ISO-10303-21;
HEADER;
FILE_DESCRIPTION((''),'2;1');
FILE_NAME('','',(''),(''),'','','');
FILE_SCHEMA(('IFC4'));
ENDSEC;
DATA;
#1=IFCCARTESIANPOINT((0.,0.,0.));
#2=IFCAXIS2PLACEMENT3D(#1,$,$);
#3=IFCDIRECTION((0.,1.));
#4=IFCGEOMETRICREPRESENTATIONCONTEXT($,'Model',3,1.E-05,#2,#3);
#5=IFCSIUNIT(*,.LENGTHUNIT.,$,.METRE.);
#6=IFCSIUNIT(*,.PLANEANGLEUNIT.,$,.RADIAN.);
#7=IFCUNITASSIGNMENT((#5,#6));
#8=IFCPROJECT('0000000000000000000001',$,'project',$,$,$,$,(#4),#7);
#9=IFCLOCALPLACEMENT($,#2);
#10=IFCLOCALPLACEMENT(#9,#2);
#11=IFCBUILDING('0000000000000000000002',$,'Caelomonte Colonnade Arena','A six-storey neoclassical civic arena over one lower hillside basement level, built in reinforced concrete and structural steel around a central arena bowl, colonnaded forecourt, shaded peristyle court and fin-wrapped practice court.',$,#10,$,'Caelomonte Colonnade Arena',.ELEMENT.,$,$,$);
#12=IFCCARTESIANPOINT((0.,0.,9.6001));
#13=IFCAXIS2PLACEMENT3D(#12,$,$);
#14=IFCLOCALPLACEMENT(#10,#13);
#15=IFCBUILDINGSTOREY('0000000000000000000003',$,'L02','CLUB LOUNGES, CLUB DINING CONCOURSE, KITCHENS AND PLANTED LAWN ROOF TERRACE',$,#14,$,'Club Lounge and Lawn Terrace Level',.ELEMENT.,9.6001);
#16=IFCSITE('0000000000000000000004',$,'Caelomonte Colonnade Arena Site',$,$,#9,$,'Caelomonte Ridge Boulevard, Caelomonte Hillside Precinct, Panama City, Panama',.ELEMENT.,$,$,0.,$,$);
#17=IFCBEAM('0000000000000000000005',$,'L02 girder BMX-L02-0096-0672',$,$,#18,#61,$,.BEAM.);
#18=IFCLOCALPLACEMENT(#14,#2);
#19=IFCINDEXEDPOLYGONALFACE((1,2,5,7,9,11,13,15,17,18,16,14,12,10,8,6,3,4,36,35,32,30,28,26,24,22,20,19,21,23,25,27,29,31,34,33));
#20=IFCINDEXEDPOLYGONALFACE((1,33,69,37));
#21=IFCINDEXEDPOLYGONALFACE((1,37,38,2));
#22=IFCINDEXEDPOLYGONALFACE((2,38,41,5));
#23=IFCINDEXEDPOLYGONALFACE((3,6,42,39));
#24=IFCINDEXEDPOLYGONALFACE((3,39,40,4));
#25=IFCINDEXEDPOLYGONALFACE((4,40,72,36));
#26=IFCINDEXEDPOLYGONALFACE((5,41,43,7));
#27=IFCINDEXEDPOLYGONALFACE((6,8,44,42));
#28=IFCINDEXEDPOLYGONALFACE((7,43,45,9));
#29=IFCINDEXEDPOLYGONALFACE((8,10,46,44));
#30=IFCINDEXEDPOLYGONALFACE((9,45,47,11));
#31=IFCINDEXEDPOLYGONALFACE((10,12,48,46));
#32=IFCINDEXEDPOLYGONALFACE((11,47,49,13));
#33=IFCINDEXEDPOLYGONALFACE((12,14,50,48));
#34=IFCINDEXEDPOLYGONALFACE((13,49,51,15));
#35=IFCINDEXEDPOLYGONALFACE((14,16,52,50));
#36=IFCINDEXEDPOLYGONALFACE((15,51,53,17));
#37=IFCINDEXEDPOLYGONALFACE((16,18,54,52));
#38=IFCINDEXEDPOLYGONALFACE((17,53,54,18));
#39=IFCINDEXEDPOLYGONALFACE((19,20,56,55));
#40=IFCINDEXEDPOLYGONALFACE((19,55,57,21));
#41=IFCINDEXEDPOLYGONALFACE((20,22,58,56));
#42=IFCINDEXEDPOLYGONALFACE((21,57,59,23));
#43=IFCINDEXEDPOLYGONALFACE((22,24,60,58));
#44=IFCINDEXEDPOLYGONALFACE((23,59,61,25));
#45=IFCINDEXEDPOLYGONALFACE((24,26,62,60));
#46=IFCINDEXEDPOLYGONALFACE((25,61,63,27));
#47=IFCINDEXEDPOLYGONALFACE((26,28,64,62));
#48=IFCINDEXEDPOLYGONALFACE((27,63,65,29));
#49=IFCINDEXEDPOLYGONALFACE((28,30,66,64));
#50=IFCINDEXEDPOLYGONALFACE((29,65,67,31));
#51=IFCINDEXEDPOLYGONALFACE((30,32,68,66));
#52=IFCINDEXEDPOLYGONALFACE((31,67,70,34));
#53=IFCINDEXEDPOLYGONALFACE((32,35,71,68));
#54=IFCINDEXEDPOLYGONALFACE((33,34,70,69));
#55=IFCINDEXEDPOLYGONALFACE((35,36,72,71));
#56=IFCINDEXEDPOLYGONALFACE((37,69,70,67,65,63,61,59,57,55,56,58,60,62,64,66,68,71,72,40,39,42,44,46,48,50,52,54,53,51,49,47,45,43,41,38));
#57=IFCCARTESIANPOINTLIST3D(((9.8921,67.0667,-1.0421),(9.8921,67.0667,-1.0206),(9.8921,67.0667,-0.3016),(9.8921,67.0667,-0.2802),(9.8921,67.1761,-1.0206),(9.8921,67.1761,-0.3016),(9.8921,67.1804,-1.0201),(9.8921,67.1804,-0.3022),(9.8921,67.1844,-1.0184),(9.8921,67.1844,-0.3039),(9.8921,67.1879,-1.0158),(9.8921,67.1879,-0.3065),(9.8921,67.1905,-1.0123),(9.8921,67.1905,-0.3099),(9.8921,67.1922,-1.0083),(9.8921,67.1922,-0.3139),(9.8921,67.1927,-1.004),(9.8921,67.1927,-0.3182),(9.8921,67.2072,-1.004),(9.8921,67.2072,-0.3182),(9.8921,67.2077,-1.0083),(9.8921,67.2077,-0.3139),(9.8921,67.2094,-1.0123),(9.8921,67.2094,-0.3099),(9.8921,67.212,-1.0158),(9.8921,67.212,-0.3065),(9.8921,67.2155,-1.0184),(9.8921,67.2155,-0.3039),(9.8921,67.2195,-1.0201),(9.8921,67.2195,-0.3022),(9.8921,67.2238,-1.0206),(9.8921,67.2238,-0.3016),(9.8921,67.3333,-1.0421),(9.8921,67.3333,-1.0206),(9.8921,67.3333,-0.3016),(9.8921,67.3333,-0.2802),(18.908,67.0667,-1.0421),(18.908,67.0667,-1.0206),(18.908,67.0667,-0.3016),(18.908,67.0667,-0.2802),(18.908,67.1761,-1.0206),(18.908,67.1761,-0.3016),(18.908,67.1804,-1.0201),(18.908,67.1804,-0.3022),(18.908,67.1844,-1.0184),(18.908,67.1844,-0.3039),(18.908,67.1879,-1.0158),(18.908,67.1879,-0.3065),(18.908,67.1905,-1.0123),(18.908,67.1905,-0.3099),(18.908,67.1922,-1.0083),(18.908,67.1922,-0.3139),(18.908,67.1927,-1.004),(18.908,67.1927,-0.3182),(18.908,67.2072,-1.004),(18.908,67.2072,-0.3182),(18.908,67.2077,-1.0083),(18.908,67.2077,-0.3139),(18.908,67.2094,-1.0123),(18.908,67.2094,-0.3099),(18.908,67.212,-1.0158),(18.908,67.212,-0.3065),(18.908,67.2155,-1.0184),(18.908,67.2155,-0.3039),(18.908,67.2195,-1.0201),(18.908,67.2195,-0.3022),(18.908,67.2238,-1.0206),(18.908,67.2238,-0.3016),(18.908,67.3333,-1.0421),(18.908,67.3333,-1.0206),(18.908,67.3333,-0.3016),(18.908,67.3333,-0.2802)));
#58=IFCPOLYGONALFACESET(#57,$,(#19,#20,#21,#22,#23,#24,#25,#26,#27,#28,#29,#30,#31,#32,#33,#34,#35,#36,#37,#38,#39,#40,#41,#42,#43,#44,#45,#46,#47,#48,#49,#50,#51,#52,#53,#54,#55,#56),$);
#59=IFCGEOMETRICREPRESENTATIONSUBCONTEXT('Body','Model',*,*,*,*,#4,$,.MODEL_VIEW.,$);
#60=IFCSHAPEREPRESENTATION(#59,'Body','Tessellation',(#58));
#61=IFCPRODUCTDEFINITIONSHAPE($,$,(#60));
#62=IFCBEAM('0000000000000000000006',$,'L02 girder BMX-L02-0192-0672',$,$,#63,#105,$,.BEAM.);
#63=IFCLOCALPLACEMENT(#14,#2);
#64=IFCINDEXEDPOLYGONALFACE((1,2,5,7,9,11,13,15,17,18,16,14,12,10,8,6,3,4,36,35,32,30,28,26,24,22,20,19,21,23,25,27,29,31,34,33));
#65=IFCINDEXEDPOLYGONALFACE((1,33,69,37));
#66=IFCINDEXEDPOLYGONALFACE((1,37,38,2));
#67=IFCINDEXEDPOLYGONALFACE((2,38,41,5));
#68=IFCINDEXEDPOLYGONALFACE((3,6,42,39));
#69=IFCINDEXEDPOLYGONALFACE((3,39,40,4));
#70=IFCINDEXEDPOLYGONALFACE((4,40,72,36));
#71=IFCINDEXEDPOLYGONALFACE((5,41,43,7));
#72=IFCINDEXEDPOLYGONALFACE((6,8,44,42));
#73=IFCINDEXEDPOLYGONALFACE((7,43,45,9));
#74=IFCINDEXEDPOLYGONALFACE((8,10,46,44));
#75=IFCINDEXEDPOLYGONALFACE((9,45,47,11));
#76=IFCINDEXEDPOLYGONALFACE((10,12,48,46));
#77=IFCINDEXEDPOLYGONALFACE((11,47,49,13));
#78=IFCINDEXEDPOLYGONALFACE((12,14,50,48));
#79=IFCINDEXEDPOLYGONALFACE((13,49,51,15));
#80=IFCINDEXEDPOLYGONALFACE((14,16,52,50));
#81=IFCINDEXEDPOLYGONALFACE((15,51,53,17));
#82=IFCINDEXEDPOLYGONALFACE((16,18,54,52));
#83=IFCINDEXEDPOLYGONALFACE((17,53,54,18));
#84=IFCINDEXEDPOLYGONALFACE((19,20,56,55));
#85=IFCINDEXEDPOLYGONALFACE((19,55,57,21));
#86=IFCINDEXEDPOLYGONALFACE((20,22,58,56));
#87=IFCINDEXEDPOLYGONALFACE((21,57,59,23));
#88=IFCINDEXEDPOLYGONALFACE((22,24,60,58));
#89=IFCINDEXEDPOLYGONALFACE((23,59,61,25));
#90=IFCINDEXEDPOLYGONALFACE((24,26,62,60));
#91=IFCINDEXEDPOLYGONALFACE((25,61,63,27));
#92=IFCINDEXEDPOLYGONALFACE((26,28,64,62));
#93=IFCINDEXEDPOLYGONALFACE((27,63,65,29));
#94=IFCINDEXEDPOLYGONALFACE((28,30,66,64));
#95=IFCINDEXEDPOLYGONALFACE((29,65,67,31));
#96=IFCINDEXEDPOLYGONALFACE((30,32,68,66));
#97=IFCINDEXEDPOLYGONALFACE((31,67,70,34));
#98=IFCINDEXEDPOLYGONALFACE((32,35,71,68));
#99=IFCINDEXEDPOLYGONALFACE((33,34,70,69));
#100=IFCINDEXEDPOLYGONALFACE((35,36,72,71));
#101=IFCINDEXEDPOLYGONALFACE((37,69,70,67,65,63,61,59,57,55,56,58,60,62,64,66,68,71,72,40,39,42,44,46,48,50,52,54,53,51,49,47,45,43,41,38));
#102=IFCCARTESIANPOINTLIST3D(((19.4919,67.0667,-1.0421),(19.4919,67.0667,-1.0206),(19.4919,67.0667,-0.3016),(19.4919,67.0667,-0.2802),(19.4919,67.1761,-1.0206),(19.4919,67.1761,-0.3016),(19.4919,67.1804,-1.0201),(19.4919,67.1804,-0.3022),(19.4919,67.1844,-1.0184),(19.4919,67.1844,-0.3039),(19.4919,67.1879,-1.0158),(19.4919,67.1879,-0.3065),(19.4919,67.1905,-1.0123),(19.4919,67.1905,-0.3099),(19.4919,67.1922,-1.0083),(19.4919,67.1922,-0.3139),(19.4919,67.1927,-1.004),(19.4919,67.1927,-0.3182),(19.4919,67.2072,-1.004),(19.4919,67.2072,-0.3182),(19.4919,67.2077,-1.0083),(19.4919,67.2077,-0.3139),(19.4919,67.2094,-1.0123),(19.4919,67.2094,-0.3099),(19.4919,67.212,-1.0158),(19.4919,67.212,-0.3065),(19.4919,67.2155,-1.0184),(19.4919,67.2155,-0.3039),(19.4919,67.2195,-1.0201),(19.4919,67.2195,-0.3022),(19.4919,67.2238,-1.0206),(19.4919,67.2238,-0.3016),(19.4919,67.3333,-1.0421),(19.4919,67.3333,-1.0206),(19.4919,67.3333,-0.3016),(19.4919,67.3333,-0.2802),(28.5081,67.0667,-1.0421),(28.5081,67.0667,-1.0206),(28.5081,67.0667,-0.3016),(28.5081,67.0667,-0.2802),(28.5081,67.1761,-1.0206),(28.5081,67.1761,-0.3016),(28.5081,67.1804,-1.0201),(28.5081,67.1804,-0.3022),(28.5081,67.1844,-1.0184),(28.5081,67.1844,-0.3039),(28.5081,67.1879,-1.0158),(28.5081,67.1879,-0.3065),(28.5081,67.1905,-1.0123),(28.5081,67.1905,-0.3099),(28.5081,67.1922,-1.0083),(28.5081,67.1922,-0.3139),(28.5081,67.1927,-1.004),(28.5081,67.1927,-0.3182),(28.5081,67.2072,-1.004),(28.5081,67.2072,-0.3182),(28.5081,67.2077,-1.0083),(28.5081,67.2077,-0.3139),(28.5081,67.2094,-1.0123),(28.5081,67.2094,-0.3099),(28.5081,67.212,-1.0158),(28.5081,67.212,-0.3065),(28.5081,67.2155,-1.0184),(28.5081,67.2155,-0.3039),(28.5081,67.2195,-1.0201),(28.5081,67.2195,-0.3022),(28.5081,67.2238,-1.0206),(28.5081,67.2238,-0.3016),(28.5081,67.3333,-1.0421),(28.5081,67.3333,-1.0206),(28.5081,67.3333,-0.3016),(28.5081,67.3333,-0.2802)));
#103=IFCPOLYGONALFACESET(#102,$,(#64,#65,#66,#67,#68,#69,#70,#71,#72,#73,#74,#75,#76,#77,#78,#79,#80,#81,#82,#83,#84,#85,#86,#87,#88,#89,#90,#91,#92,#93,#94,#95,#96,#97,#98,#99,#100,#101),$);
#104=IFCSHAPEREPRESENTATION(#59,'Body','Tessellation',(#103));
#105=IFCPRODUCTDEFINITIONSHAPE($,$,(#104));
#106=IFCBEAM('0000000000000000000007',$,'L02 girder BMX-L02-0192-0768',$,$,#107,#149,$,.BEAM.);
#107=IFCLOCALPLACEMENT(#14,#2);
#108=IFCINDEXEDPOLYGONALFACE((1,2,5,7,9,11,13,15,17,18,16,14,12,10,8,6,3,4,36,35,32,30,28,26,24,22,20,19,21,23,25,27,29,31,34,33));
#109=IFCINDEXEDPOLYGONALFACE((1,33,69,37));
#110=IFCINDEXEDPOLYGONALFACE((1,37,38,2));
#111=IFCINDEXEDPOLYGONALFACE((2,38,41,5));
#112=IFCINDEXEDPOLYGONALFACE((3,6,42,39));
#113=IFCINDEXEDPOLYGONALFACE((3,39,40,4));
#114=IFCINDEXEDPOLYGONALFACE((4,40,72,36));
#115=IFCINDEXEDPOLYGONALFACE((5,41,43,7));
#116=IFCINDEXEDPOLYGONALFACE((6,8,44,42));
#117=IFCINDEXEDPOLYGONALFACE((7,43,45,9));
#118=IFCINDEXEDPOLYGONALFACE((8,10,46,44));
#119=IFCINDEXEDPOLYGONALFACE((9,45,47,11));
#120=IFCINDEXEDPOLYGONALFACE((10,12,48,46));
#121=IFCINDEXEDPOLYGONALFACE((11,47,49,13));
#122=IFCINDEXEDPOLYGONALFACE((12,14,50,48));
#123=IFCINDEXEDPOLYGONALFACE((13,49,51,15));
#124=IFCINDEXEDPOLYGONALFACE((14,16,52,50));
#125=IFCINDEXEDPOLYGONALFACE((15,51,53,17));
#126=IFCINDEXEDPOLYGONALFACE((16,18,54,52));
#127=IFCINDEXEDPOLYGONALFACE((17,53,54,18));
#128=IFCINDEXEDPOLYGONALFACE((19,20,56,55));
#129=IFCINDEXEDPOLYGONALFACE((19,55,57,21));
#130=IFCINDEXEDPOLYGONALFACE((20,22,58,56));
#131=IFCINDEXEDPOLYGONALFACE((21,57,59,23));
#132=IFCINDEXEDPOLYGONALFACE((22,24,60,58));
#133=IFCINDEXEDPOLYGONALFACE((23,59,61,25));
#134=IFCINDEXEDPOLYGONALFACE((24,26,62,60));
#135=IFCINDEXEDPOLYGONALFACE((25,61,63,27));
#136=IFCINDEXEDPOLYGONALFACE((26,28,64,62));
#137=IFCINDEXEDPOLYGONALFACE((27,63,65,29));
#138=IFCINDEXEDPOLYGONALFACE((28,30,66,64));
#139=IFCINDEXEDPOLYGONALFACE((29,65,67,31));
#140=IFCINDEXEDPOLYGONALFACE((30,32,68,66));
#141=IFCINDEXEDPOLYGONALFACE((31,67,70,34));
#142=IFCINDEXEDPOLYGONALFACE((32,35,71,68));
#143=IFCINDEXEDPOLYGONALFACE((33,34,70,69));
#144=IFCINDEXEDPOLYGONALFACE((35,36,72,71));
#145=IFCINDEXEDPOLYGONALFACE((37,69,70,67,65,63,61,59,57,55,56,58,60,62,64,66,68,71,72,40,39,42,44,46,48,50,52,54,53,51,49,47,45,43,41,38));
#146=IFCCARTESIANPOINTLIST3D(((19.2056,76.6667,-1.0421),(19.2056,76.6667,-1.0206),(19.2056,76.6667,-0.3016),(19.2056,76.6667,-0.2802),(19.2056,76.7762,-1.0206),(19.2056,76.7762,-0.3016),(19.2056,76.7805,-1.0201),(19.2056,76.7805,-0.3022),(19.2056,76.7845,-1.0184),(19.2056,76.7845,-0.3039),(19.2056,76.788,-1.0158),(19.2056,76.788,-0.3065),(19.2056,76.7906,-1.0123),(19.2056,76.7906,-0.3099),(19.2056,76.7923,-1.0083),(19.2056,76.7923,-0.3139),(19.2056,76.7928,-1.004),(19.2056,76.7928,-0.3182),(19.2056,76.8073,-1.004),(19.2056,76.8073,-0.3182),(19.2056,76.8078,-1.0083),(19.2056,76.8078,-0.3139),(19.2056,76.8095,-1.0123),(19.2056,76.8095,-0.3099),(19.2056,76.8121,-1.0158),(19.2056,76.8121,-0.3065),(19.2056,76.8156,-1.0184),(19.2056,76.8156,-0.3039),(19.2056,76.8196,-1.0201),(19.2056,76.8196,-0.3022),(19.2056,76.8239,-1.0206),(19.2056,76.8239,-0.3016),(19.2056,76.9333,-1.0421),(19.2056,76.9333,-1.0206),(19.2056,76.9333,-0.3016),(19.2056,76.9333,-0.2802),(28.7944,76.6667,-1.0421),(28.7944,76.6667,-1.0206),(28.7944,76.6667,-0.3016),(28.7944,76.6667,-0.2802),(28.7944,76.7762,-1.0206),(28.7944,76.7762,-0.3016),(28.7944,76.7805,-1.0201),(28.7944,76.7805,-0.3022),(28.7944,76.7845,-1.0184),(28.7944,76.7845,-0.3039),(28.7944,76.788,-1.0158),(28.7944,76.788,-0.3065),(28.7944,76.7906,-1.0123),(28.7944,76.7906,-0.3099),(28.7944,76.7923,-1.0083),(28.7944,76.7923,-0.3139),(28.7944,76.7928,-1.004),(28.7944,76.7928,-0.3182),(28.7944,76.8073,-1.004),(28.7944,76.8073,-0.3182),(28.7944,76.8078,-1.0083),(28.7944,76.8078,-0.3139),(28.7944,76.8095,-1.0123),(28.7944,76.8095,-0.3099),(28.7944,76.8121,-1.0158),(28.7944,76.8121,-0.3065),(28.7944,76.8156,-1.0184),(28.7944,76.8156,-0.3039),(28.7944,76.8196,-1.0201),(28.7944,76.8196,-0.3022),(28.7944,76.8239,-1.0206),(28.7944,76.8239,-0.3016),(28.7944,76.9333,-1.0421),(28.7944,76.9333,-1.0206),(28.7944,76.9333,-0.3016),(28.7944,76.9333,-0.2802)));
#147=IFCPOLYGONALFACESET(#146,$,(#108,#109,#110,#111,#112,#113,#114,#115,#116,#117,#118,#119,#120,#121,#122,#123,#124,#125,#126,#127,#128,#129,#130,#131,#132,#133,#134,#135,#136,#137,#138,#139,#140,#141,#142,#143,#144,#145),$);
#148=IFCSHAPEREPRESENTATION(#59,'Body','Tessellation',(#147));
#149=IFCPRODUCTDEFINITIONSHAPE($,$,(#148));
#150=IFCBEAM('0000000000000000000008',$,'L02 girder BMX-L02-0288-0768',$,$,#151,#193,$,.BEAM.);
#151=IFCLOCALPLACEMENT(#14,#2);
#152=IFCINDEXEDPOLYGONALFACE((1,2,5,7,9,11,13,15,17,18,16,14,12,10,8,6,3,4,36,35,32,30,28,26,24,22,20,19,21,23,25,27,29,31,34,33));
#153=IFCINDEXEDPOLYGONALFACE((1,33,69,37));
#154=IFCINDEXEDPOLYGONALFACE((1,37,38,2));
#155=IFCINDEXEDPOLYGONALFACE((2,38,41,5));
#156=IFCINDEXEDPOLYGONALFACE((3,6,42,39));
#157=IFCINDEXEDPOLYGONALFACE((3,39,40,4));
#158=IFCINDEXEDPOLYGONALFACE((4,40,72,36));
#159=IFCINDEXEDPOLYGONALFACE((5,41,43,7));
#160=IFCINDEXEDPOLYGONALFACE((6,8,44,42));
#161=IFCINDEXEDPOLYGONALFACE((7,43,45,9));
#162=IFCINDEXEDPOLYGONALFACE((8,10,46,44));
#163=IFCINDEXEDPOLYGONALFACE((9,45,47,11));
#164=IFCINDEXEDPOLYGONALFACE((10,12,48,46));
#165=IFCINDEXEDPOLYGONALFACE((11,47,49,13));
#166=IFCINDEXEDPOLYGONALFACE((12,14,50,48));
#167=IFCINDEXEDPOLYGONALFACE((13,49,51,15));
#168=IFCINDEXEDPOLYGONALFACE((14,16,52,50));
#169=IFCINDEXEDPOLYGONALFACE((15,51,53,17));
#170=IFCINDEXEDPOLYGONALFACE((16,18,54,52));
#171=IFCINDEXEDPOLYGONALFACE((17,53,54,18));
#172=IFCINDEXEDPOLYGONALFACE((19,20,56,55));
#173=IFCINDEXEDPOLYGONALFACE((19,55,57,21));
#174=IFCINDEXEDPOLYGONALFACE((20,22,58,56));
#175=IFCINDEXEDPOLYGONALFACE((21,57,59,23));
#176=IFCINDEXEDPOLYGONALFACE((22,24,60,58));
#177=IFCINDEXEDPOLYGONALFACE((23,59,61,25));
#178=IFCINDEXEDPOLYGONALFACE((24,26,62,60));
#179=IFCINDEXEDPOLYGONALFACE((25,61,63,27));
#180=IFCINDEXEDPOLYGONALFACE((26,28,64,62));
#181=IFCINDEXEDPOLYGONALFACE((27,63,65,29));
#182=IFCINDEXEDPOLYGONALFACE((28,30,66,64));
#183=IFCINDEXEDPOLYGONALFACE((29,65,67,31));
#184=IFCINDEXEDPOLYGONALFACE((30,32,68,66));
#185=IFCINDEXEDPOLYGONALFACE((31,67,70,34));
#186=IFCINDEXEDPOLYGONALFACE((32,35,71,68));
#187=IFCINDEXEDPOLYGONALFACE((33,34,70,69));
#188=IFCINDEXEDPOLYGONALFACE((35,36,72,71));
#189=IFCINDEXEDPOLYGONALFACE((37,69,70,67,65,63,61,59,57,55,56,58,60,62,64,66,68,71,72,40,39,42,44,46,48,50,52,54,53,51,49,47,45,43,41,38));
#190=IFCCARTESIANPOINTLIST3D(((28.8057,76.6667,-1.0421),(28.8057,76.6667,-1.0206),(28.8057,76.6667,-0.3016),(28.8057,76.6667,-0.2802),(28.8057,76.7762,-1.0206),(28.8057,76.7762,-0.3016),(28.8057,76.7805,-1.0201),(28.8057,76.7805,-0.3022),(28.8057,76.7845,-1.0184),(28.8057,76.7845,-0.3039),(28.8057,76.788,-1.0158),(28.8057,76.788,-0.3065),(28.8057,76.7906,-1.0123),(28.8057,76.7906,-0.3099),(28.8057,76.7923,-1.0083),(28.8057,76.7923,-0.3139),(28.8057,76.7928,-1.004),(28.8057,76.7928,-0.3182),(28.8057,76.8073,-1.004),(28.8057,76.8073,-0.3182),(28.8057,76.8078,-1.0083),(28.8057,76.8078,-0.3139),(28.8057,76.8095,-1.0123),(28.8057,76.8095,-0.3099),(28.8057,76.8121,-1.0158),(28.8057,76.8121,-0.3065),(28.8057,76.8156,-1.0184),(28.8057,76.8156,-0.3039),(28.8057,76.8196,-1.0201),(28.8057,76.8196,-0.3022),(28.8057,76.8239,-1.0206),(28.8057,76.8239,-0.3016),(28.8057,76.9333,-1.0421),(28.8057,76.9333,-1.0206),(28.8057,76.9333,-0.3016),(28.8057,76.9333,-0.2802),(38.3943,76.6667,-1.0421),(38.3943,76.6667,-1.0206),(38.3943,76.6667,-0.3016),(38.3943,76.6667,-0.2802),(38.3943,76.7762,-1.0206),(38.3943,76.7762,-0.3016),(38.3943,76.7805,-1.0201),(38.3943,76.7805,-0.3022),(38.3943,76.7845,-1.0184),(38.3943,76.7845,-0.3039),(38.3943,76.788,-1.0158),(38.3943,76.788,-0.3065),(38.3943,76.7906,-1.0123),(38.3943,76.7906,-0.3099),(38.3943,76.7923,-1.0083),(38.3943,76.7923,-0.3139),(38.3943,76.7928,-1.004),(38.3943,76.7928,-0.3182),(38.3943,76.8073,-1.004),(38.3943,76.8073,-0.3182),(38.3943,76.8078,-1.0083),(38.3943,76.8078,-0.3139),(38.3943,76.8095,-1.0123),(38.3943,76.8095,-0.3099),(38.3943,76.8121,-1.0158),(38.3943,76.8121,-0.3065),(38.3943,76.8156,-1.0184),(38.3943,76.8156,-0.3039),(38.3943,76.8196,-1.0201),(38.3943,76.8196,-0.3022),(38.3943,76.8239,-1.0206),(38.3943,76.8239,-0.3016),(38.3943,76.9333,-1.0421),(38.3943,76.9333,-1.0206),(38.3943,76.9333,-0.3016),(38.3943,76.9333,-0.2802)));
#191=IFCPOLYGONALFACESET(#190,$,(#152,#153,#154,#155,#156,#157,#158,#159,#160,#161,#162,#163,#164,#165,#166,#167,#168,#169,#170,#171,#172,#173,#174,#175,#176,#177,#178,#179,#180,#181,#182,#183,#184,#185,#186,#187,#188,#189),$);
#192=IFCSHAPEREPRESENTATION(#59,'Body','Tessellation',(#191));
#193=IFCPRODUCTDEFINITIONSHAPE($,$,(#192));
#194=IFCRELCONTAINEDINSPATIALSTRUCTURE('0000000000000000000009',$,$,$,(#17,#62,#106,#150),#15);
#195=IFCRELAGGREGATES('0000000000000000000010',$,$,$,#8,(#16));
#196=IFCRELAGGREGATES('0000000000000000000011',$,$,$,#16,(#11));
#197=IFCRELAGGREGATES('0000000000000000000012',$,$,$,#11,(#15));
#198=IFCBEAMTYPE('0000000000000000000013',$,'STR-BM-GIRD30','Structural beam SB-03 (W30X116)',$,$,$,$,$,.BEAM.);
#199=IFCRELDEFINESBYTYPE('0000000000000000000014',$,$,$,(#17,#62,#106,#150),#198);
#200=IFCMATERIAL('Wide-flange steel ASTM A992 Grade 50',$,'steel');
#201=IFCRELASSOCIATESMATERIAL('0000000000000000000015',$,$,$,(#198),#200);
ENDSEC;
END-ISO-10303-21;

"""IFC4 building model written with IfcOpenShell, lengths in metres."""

from ifc_helpers import new_model, si_unit, direction, frame, origin, origin_2d, place, context, subcontext, project, spatial, i_section, extrude, material, material_profile, profile_set, type_object, element, save


model = new_model("IFC4")

# Units and contexts
model_context = context("Model", 3, precision=1e-05, world=origin(), true_north=direction((0.0, 1.0)))
body_context = subcontext(model_context, "Body", "Model", "MODEL_VIEW")
ifc_project = project(units=[si_unit("LENGTHUNIT", "METRE"), si_unit("PLANEANGLEUNIT", "RADIAN")], contexts=[model_context])

# Site, building, storey
site_placement = place(None, origin())
site = spatial("IfcSite", under=ifc_project, at=site_placement, Name="Caelomonte Colonnade Arena Site", LongName="Caelomonte Ridge Boulevard, Caelomonte Hillside Precinct, Panama City, Panama", CompositionType="ELEMENT", RefElevation=0.0)
building_placement = place(site_placement, origin())
building = spatial("IfcBuilding", under=site, at=building_placement, Name="Caelomonte Colonnade Arena", Description="A six-storey neoclassical civic arena over one lower hillside basement level, built in reinforced concrete and structural steel around a central arena bowl, colonnaded forecourt, shaded peristyle court and fin-wrapped practice court.", LongName="Caelomonte Colonnade Arena", CompositionType="ELEMENT")
storey_placement = place(building_placement, frame((0.0, 0.0, 9.6001)))
storey = spatial("IfcBuildingStorey", under=building, at=storey_placement, Name="L02", Description="CLUB LOUNGES, CLUB DINING CONCOURSE, KITCHENS AND PLANTED LAWN ROOF TERRACE", LongName="Club Lounge and Lawn Terrace Level", CompositionType="ELEMENT", Elevation=9.6001)

# Beams
ifc_material_1 = material(Name="Wide-flange steel ASTM A992 Grade 50", Category="steel")
ifc_material_profile_1 = material_profile(ifc_material_1, i_section(OverallWidth=0.2666, OverallDepth=0.762, WebThickness=0.0144, FlangeThickness=0.0215, FilletRadius=0.0166, at=origin_2d()), Name="W30X116")
ifc_profile_set_1 = profile_set([ifc_material_profile_1], Name="Wide-flange steel ASTM A992 Grade 50")
beam_type_1 = type_object("IfcBeamType", Name="STR-BM-GIRD30", Description="Structural beam SB-03 (W30X116)", PredefinedType="BEAM", material=ifc_profile_set_1)
beam_1_placement = place(storey_placement, frame((9.8921, 67.2, -0.6611), z_axis=(1.0, 0.0, 0.0), x_axis=(0.0, 1.0, 0.0)))
element("IfcBeam", 1, at=beam_1_placement, inside=storey, type_object=beam_type_1, Name="L02 girder BMX-L02-0096-0672", PredefinedType="BEAM", context=body_context, shape_type="SweptSolid", body=[
    extrude(i_section(OverallWidth=0.2666, OverallDepth=0.762, WebThickness=0.0144, FlangeThickness=0.0215, FilletRadius=0.0166, at=origin_2d()), origin(), (0.0, 0.0, 1.0), 9.0159),
])
beam_2_placement = place(storey_placement, frame((19.4919, 67.2, -0.6611), z_axis=(1.0, 0.0, 0.0), x_axis=(0.0, 1.0, 0.0)))
element("IfcBeam", 2, at=beam_2_placement, inside=storey, type_object=beam_type_1, Name="L02 girder BMX-L02-0192-0672", PredefinedType="BEAM", context=body_context, shape_type="SweptSolid", body=[
    extrude(i_section(OverallWidth=0.2666, OverallDepth=0.762, WebThickness=0.0144, FlangeThickness=0.0215, FilletRadius=0.0166, at=origin_2d()), origin(), (0.0, 0.0, 1.0), 9.0161),
])
beam_3_placement = place(storey_placement, frame((19.2056, 76.8, -0.6611), z_axis=(1.0, 0.0, 0.0), x_axis=(0.0, 1.0, 0.0)))
element("IfcBeam", 3, at=beam_3_placement, inside=storey, type_object=beam_type_1, Name="L02 girder BMX-L02-0192-0768", PredefinedType="BEAM", context=body_context, shape_type="SweptSolid", body=[
    extrude(i_section(OverallWidth=0.2666, OverallDepth=0.762, WebThickness=0.0144, FlangeThickness=0.0215, FilletRadius=0.0166, at=origin_2d()), origin(), (0.0, 0.0, 1.0), 9.5889),
])
beam_4_placement = place(storey_placement, frame((28.8057, 76.8, -0.6611), z_axis=(1.0, 0.0, 0.0), x_axis=(0.0, 1.0, 0.0)))
element("IfcBeam", 4, at=beam_4_placement, inside=storey, type_object=beam_type_1, Name="L02 girder BMX-L02-0288-0768", PredefinedType="BEAM", context=body_context, shape_type="SweptSolid", body=[
    extrude(i_section(OverallWidth=0.2666, OverallDepth=0.762, WebThickness=0.0144, FlangeThickness=0.0215, FilletRadius=0.0166, at=origin_2d()), origin(), (0.0, 0.0, 1.0), 9.5886),
])

save(model, "model.ifc")
